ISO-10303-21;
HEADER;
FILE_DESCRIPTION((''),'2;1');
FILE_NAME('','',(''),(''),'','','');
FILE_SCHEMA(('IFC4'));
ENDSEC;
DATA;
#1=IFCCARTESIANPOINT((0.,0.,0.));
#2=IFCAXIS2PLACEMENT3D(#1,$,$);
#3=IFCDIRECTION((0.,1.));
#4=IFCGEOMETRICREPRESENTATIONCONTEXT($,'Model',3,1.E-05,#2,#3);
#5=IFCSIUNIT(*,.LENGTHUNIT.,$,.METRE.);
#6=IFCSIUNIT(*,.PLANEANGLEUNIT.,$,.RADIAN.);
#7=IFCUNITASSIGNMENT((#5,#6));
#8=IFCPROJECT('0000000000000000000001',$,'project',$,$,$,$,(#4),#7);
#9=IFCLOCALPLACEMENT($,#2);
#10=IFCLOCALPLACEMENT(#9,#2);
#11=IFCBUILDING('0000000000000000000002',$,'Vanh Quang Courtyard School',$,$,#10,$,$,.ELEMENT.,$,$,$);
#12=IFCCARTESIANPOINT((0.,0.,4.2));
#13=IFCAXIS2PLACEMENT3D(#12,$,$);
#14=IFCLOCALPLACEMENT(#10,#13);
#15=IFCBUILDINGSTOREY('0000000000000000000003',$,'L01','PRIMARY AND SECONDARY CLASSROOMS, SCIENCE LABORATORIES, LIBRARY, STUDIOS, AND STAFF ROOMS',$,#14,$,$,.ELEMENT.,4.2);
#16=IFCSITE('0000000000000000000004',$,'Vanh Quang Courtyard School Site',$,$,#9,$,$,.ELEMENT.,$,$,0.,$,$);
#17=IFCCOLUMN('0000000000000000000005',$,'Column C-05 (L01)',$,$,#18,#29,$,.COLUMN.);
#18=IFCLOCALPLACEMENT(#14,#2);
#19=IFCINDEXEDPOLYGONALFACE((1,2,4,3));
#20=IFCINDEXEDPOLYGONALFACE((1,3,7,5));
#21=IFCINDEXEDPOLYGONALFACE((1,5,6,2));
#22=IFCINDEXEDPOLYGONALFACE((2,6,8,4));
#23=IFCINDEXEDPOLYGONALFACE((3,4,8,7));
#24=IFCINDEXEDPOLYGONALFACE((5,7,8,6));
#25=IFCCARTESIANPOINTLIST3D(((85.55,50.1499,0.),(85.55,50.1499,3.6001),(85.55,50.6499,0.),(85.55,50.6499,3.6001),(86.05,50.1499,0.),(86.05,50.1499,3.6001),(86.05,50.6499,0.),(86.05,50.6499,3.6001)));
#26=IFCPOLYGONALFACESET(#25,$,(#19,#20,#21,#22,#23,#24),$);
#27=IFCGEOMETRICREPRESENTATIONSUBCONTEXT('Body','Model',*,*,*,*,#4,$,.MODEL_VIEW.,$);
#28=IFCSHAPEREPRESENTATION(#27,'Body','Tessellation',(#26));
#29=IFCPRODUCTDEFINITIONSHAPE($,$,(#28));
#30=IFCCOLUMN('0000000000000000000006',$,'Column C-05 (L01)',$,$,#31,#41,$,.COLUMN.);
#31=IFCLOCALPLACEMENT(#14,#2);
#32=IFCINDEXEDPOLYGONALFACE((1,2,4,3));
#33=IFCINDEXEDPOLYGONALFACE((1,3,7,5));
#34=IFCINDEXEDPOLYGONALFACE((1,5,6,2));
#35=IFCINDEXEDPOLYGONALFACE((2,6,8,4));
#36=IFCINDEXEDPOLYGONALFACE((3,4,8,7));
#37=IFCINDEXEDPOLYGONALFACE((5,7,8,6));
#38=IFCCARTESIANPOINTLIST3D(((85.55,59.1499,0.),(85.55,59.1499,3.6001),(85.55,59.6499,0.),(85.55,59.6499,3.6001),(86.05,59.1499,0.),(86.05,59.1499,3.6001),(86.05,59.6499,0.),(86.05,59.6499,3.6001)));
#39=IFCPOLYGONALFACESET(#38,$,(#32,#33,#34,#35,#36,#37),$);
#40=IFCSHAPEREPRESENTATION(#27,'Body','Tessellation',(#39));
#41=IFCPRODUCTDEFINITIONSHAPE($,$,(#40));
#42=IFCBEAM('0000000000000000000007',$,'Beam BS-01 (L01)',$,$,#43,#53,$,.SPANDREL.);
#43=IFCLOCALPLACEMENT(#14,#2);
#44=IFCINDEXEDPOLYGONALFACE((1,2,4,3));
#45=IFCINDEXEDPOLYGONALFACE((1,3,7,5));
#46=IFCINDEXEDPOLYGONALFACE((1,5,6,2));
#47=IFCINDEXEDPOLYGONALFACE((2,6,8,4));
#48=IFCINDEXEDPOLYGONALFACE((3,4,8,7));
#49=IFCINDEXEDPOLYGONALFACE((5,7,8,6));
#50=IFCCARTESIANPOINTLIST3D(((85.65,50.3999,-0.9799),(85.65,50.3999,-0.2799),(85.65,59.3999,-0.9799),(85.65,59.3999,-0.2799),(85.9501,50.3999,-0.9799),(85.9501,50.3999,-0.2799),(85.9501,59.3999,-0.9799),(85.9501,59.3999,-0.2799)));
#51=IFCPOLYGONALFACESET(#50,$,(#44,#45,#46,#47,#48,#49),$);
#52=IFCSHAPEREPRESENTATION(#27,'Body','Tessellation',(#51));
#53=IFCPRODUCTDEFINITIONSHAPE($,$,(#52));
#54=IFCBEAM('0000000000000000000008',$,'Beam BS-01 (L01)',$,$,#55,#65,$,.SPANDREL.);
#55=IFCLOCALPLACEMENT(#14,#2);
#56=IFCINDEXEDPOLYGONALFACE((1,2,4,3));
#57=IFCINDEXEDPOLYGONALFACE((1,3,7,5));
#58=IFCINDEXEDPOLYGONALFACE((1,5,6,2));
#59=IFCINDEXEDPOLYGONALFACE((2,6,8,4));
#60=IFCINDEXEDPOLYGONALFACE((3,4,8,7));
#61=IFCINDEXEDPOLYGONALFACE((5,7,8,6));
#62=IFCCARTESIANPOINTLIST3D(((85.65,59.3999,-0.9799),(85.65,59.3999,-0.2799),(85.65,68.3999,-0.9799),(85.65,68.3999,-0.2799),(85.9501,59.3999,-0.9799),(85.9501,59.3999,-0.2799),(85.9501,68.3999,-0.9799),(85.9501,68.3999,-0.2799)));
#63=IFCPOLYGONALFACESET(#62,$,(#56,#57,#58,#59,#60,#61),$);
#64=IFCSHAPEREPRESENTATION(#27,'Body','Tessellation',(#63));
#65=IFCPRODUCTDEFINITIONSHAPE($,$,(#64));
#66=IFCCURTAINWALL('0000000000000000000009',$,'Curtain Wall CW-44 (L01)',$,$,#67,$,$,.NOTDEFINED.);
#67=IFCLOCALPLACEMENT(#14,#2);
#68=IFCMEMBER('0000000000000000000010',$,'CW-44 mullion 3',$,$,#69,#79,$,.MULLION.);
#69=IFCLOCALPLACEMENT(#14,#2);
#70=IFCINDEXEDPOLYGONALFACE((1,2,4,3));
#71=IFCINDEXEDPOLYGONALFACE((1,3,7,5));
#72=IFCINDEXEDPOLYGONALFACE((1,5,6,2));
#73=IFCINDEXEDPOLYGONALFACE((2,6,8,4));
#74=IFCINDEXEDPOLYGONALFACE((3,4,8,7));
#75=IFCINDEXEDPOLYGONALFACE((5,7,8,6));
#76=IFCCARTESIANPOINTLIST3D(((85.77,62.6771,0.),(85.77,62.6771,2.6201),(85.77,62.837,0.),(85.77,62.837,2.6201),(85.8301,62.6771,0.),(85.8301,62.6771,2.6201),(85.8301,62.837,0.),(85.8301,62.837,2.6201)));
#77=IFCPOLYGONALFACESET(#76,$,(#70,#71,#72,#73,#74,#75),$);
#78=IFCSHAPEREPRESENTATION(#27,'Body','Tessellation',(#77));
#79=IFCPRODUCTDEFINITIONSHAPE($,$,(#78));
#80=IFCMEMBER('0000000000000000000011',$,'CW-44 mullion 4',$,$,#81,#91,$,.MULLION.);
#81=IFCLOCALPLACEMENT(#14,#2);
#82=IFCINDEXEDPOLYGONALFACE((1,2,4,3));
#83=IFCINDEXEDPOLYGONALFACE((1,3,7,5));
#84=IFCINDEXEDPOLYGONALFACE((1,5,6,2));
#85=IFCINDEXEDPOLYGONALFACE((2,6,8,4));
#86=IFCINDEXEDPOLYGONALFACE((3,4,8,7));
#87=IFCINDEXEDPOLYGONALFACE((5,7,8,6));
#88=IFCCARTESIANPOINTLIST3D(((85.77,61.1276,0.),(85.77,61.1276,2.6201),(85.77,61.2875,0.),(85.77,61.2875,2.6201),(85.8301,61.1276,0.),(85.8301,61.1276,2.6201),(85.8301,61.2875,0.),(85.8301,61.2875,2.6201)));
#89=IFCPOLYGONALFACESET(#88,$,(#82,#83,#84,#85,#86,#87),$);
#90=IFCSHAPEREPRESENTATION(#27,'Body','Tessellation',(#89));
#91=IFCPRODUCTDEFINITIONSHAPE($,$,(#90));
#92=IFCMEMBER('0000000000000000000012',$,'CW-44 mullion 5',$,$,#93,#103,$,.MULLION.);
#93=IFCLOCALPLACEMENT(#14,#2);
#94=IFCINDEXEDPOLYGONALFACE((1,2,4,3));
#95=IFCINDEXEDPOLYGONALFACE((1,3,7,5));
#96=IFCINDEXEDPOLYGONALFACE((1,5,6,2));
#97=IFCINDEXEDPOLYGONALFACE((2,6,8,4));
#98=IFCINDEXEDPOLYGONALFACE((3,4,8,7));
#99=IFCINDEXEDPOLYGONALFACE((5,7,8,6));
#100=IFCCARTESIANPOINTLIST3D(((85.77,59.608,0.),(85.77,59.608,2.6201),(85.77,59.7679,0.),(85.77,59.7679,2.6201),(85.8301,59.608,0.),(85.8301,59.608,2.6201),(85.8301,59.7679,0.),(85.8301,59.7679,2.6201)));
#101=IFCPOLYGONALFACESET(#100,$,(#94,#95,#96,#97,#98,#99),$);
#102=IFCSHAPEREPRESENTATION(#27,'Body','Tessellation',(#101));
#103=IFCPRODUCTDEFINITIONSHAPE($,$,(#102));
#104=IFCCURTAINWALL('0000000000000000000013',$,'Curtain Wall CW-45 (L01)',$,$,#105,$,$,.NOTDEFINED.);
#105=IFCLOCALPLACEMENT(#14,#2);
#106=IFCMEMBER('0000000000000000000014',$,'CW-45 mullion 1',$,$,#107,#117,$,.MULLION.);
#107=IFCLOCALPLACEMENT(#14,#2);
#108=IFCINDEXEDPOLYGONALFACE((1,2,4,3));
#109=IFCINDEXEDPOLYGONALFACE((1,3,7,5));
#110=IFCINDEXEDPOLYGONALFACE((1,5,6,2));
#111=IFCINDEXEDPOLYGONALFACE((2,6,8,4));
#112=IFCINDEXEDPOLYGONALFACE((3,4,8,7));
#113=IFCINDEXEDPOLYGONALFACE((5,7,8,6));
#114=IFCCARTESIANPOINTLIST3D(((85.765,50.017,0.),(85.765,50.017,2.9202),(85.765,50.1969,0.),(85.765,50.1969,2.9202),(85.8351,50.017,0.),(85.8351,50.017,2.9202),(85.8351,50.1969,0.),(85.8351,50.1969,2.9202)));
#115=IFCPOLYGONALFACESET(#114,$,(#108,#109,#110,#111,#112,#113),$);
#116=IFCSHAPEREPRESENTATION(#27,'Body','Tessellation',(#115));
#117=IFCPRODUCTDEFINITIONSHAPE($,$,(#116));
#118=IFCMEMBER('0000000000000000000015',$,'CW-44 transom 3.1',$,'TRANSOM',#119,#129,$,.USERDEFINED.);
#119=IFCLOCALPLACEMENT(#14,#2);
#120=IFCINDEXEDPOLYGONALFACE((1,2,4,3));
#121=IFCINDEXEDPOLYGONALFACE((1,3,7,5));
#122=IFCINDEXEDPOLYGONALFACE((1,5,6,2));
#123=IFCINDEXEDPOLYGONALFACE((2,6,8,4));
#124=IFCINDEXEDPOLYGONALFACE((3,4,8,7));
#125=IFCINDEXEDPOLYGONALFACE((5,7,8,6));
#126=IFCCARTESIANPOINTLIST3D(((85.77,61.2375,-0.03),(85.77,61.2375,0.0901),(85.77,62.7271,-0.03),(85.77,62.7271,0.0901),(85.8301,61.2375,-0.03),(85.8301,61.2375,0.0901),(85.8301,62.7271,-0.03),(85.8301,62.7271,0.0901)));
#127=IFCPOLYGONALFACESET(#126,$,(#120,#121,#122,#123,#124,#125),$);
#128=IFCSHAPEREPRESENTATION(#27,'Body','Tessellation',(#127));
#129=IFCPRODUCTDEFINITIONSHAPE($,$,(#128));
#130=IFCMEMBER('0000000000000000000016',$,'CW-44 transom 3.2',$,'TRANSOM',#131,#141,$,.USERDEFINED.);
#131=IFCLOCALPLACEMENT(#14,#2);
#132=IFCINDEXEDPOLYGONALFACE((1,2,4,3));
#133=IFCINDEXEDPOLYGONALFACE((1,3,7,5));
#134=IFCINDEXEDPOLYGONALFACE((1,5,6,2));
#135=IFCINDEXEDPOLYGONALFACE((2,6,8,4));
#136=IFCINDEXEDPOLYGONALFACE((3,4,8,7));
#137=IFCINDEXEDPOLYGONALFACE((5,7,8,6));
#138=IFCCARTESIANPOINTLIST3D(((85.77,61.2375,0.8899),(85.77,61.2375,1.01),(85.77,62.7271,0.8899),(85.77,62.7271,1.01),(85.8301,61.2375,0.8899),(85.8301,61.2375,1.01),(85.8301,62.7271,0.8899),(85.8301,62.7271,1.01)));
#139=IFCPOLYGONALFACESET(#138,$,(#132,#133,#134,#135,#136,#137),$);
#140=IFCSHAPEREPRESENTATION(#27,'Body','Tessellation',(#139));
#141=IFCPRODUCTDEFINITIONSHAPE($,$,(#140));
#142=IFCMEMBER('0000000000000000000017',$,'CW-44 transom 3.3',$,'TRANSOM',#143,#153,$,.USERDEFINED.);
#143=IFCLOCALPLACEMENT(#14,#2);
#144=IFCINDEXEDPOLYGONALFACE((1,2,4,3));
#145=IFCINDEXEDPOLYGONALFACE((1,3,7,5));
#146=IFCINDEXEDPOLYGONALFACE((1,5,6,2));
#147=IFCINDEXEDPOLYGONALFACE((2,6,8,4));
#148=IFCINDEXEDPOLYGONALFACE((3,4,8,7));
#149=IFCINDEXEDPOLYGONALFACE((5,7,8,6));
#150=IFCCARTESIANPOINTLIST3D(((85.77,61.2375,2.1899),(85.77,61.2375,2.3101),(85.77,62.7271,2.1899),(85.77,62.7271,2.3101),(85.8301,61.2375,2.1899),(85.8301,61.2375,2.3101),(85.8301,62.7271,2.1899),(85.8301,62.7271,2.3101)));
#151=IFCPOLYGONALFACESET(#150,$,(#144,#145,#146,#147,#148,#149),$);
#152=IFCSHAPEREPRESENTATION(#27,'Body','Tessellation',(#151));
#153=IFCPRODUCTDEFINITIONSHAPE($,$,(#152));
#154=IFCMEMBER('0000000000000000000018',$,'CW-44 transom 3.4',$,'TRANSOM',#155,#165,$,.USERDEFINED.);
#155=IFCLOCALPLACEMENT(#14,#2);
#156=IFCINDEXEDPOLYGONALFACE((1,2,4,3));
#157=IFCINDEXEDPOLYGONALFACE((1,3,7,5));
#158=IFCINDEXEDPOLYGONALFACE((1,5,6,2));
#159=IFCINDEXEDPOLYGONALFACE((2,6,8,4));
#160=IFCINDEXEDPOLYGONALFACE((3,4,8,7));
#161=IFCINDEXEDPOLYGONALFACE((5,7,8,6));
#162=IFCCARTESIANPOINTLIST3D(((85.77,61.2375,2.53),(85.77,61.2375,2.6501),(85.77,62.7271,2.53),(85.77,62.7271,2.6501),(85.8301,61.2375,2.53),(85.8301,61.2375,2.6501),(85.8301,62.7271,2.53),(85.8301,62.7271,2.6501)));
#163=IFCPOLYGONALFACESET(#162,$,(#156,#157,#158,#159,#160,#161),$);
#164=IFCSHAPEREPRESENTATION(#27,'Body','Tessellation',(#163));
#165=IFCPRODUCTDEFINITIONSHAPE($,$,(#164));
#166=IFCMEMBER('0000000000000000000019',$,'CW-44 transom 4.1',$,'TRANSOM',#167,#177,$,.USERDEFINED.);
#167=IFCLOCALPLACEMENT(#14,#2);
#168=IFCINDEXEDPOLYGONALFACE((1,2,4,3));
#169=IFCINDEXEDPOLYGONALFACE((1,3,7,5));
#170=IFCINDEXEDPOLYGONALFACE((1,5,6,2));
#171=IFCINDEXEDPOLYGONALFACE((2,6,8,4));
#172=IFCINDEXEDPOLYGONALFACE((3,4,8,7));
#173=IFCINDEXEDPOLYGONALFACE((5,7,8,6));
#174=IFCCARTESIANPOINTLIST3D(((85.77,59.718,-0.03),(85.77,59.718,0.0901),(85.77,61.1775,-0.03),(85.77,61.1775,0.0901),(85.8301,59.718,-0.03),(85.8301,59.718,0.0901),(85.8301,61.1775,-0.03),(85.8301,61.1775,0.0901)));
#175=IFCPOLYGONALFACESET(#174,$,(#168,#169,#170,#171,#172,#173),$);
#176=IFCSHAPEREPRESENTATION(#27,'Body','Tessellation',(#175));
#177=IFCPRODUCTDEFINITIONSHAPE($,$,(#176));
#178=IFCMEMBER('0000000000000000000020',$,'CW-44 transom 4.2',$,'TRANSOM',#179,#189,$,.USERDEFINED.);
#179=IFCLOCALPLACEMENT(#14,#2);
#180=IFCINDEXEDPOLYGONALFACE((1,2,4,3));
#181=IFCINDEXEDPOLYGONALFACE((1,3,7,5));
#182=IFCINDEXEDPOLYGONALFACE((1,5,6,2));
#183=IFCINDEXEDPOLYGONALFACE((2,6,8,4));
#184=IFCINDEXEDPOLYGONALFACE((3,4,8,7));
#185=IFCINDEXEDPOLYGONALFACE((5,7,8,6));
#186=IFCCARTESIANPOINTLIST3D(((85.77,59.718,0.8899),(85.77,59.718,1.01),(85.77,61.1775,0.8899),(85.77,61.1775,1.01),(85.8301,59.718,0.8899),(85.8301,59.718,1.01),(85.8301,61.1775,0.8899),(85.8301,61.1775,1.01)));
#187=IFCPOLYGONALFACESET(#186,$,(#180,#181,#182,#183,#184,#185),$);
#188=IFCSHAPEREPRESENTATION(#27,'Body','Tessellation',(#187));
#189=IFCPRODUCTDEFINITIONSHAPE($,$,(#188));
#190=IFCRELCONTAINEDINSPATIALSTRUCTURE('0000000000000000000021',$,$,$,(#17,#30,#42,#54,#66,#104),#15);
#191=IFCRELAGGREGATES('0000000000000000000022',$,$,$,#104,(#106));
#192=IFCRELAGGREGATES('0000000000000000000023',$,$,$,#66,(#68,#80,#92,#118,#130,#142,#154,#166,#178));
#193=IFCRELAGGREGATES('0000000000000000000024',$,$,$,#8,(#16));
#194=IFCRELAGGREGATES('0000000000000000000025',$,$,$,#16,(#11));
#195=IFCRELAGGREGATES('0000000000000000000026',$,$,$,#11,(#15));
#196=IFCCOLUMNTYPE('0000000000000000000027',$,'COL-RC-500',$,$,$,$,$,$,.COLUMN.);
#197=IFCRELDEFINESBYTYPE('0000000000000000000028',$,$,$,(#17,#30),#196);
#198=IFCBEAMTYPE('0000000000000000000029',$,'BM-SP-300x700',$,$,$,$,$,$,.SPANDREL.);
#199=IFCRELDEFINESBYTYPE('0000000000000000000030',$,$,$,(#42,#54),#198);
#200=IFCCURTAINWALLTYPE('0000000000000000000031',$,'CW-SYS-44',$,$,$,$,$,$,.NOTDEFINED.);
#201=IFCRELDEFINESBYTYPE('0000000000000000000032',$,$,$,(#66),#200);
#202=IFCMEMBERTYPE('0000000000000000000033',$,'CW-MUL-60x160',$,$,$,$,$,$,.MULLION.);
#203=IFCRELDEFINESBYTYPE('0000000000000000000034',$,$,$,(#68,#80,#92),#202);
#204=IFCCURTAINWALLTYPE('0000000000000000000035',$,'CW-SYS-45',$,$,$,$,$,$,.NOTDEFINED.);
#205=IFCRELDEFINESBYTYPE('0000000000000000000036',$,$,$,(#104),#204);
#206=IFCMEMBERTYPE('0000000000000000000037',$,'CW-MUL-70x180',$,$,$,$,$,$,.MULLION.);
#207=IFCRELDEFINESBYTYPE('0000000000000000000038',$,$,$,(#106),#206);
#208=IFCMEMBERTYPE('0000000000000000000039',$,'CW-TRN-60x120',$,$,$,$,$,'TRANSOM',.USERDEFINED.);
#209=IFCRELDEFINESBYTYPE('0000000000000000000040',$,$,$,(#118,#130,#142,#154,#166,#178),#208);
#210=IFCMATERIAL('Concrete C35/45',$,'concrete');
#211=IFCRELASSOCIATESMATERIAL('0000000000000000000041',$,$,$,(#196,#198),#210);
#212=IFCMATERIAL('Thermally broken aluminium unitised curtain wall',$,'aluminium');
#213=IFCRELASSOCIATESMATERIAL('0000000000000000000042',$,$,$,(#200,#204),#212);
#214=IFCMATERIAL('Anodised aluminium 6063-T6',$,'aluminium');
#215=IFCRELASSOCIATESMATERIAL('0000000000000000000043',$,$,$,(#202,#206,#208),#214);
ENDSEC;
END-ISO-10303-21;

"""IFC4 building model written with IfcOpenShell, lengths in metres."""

from ifc_helpers import new_model, si_unit, direction, frame, origin, origin_2d, place, context, subcontext, project, spatial, rectangle, extrude, material, material_profile, profile_set, type_object, element, aggregate, save


model = new_model("IFC4")

# Units and contexts
model_context = context("Model", 3, precision=1e-05, world=origin(), true_north=direction((0.0, 1.0)))
body_context = subcontext(model_context, "Body", "Model", "MODEL_VIEW")
ifc_project = project(units=[si_unit("LENGTHUNIT", "METRE"), si_unit("PLANEANGLEUNIT", "RADIAN")], contexts=[model_context])

# Site, building, storey
site_placement = place(None, origin())
site = spatial("IfcSite", under=ifc_project, at=site_placement, Name="Vanh Quang Courtyard School Site", CompositionType="ELEMENT", RefElevation=0.0)
building_placement = place(site_placement, origin())
building = spatial("IfcBuilding", under=site, at=building_placement, Name="Vanh Quang Courtyard School", CompositionType="ELEMENT")
storey_placement = place(building_placement, frame((0.0, 0.0, 4.2)))
storey = spatial("IfcBuildingStorey", under=building, at=storey_placement, Name="L01", Description="PRIMARY AND SECONDARY CLASSROOMS, SCIENCE LABORATORIES, LIBRARY, STUDIOS, AND STAFF ROOMS", CompositionType="ELEMENT", Elevation=4.2)

# Columns
ifc_material_1 = material(Name="Concrete C35/45", Category="concrete")
ifc_material_profile_1 = material_profile(ifc_material_1, rectangle(XDim=0.5, YDim=0.5, at=origin_2d()), Name="RC-COL 500x500")
ifc_profile_set_1 = profile_set([ifc_material_profile_1], Name="Concrete C35/45")
column_type = type_object("IfcColumnType", Name="COL-RC-500", PredefinedType="COLUMN", material=ifc_profile_set_1)
for number, where, z_axis, x_axis, name in (
    (1, (85.8, 50.3999, 0.0), (0.0, 0.0, 1.0), (1.0, 0.0, 0.0), "Column C-05 (L01)"),
    (2, (85.8, 59.3999, 0.0), (0.0, 0.0, 1.0), (1.0, 0.0, 0.0), "Column C-05 (L01)"),
):
    element("IfcColumn", number, at=place(storey_placement, frame(where, z_axis=z_axis, x_axis=x_axis)), inside=storey, type_object=column_type, Name=name, PredefinedType="COLUMN", context=body_context, shape_type="SweptSolid", body=[
        extrude(rectangle(XDim=0.5, YDim=0.5, at=origin_2d()), origin(), (0.0, 0.0, 1.0), 3.6001),
    ])

# Beams
ifc_material_profile_2 = material_profile(ifc_material_1, rectangle(XDim=0.3, YDim=0.7, at=origin_2d()), Name="RC-SP 300x700")
ifc_profile_set_2 = profile_set([ifc_material_profile_2], Name="Concrete C35/45")
beam_type = type_object("IfcBeamType", Name="BM-SP-300x700", PredefinedType="SPANDREL", material=ifc_profile_set_2)
for number, where, z_axis, x_axis, name in (
    (3, (85.8, 50.3999, -0.6299), (0.0, 1.0, 0.0), (-1.0, 0.0, 0.0), "Beam BS-01 (L01)"),
    (4, (85.8, 59.3999, -0.6299), (0.0, 1.0, 0.0), (-1.0, 0.0, 0.0), "Beam BS-01 (L01)"),
):
    element("IfcBeam", number, at=place(storey_placement, frame(where, z_axis=z_axis, x_axis=x_axis)), inside=storey, type_object=beam_type, Name=name, PredefinedType="SPANDREL", context=body_context, shape_type="SweptSolid", body=[
        extrude(rectangle(XDim=0.3, YDim=0.7, at=origin_2d()), origin(), (0.0, 0.0, 1.0), 9.0),
    ])

# Curtain wall, members
ifc_material_2 = material(Name="Thermally broken aluminium unitised curtain wall", Category="aluminium")
curtain_wall_type_1 = type_object("IfcCurtainWallType", Name="CW-SYS-44", PredefinedType="NOTDEFINED", material=ifc_material_2)
curtain_wall_1_placement = place(storey_placement, origin())
curtain_wall_1 = element("IfcCurtainWall", 5, at=curtain_wall_1_placement, inside=storey, type_object=curtain_wall_type_1, Name="Curtain Wall CW-44 (L01)", PredefinedType="NOTDEFINED")
ifc_material_3 = material(Name="Anodised aluminium 6063-T6", Category="aluminium")
ifc_material_profile_3 = material_profile(ifc_material_3, rectangle(XDim=0.0601, YDim=0.1599, at=origin_2d()), Name="ALU-MUL 60x160")
ifc_profile_set_3 = profile_set([ifc_material_profile_3], Name="Anodised aluminium 6063-T6")
member_type_1 = type_object("IfcMemberType", Name="CW-MUL-60x160", PredefinedType="MULLION", material=ifc_profile_set_3)
member_1_placement = place(storey_placement, frame((85.8, 62.7571, 0.0), z_axis=(0.0, 0.0, 1.0), x_axis=(1.0, 0.0, 0.0)))
member_1 = element("IfcMember", 6, at=member_1_placement, type_object=member_type_1, Name="CW-44 mullion 3", PredefinedType="MULLION", context=body_context, shape_type="SweptSolid", body=[
    extrude(rectangle(XDim=0.0601, YDim=0.1599, at=origin_2d()), origin(), (0.0, 0.0, 1.0), 2.6201),
])
member_2_placement = place(storey_placement, frame((85.8, 61.2075, 0.0), z_axis=(0.0, 0.0, 1.0), x_axis=(1.0, 0.0, 0.0)))
member_2 = element("IfcMember", 7, at=member_2_placement, type_object=member_type_1, Name="CW-44 mullion 4", PredefinedType="MULLION", context=body_context, shape_type="SweptSolid", body=[
    extrude(rectangle(XDim=0.0601, YDim=0.1599, at=origin_2d()), origin(), (0.0, 0.0, 1.0), 2.6201),
])
member_3_placement = place(storey_placement, frame((85.8, 59.688, 0.0), z_axis=(0.0, 0.0, 1.0), x_axis=(1.0, 0.0, 0.0)))
member_3 = element("IfcMember", 8, at=member_3_placement, type_object=member_type_1, Name="CW-44 mullion 5", PredefinedType="MULLION", context=body_context, shape_type="SweptSolid", body=[
    extrude(rectangle(XDim=0.0601, YDim=0.1599, at=origin_2d()), origin(), (0.0, 0.0, 1.0), 2.6201),
])

# Curtain wall, member
curtain_wall_type_2 = type_object("IfcCurtainWallType", Name="CW-SYS-45", PredefinedType="NOTDEFINED", material=ifc_material_2)
curtain_wall_2_placement = place(storey_placement, origin())
curtain_wall_2 = element("IfcCurtainWall", 9, at=curtain_wall_2_placement, inside=storey, type_object=curtain_wall_type_2, Name="Curtain Wall CW-45 (L01)", PredefinedType="NOTDEFINED")
ifc_material_profile_4 = material_profile(ifc_material_3, rectangle(XDim=0.0701, YDim=0.1799, at=origin_2d()), Name="ALU-MUL 70x180")
ifc_profile_set_4 = profile_set([ifc_material_profile_4], Name="Anodised aluminium 6063-T6")
member_type_2 = type_object("IfcMemberType", Name="CW-MUL-70x180", PredefinedType="MULLION", material=ifc_profile_set_4)
member_4_placement = place(storey_placement, frame((85.8, 50.1069, 0.0), z_axis=(0.0, 0.0, 1.0), x_axis=(1.0, 0.0, 0.0)))
member_4 = element("IfcMember", 10, at=member_4_placement, type_object=member_type_2, Name="CW-45 mullion 1", PredefinedType="MULLION", context=body_context, shape_type="SweptSolid", body=[
    extrude(rectangle(XDim=0.0701, YDim=0.1799, at=origin_2d()), origin(), (0.0, 0.0, 1.0), 2.9202),
])

# Members
ifc_material_profile_5 = material_profile(ifc_material_3, rectangle(XDim=0.0601, YDim=0.1201, at=origin_2d()), Name="ALU-TRN 60x120")
ifc_profile_set_5 = profile_set([ifc_material_profile_5], Name="Anodised aluminium 6063-T6")
member_type_3 = type_object("IfcMemberType", Name="CW-TRN-60x120", ElementType="TRANSOM", PredefinedType="USERDEFINED", material=ifc_profile_set_5)
member_5_placement = place(storey_placement, frame((85.8, 62.7271, 0.03), z_axis=(0.0, -1.0, 0.0), x_axis=(1.0, 0.0, 0.0)))
member_5 = element("IfcMember", 11, at=member_5_placement, type_object=member_type_3, Name="CW-44 transom 3.1", ObjectType="TRANSOM", PredefinedType="USERDEFINED", context=body_context, shape_type="SweptSolid", body=[
    extrude(rectangle(XDim=0.0601, YDim=0.1201, at=origin_2d()), origin(), (0.0, 0.0, 1.0), 1.4895),
])
member_6_placement = place(storey_placement, frame((85.8, 62.7271, 0.95), z_axis=(0.0, -1.0, 0.0), x_axis=(1.0, 0.0, 0.0)))
member_6 = element("IfcMember", 12, at=member_6_placement, type_object=member_type_3, Name="CW-44 transom 3.2", ObjectType="TRANSOM", PredefinedType="USERDEFINED", context=body_context, shape_type="SweptSolid", body=[
    extrude(rectangle(XDim=0.0601, YDim=0.1201, at=origin_2d()), origin(), (0.0, 0.0, 1.0), 1.4895),
])
member_7_placement = place(storey_placement, frame((85.8, 62.7271, 2.25), z_axis=(0.0, -1.0, 0.0), x_axis=(1.0, 0.0, 0.0)))
member_7 = element("IfcMember", 13, at=member_7_placement, type_object=member_type_3, Name="CW-44 transom 3.3", ObjectType="TRANSOM", PredefinedType="USERDEFINED", context=body_context, shape_type="SweptSolid", body=[
    extrude(rectangle(XDim=0.0601, YDim=0.1201, at=origin_2d()), origin(), (0.0, 0.0, 1.0), 1.4895),
])
member_8_placement = place(storey_placement, frame((85.8, 62.7271, 2.5901), z_axis=(0.0, -1.0, 0.0), x_axis=(1.0, 0.0, 0.0)))
member_8 = element("IfcMember", 14, at=member_8_placement, type_object=member_type_3, Name="CW-44 transom 3.4", ObjectType="TRANSOM", PredefinedType="USERDEFINED", context=body_context, shape_type="SweptSolid", body=[
    extrude(rectangle(XDim=0.0601, YDim=0.1201, at=origin_2d()), origin(), (0.0, 0.0, 1.0), 1.4895),
])
member_9_placement = place(storey_placement, frame((85.8, 61.1775, 0.03), z_axis=(0.0, -1.0, 0.0), x_axis=(1.0, 0.0, 0.0)))
member_9 = element("IfcMember", 15, at=member_9_placement, type_object=member_type_3, Name="CW-44 transom 4.1", ObjectType="TRANSOM", PredefinedType="USERDEFINED", context=body_context, shape_type="SweptSolid", body=[
    extrude(rectangle(XDim=0.0601, YDim=0.1201, at=origin_2d()), origin(), (0.0, 0.0, 1.0), 1.4595),
])
member_10_placement = place(storey_placement, frame((85.8, 61.1775, 0.95), z_axis=(0.0, -1.0, 0.0), x_axis=(1.0, 0.0, 0.0)))
member_10 = element("IfcMember", 16, at=member_10_placement, type_object=member_type_3, Name="CW-44 transom 4.2", ObjectType="TRANSOM", PredefinedType="USERDEFINED", context=body_context, shape_type="SweptSolid", body=[
    extrude(rectangle(XDim=0.0601, YDim=0.1201, at=origin_2d()), origin(), (0.0, 0.0, 1.0), 1.4595),
])
aggregate(curtain_wall_2, [member_4])

aggregate(curtain_wall_1, [member_1, member_2, member_3, member_5, member_6, member_7, member_8, member_9, member_10])

save(model, "model.ifc")
